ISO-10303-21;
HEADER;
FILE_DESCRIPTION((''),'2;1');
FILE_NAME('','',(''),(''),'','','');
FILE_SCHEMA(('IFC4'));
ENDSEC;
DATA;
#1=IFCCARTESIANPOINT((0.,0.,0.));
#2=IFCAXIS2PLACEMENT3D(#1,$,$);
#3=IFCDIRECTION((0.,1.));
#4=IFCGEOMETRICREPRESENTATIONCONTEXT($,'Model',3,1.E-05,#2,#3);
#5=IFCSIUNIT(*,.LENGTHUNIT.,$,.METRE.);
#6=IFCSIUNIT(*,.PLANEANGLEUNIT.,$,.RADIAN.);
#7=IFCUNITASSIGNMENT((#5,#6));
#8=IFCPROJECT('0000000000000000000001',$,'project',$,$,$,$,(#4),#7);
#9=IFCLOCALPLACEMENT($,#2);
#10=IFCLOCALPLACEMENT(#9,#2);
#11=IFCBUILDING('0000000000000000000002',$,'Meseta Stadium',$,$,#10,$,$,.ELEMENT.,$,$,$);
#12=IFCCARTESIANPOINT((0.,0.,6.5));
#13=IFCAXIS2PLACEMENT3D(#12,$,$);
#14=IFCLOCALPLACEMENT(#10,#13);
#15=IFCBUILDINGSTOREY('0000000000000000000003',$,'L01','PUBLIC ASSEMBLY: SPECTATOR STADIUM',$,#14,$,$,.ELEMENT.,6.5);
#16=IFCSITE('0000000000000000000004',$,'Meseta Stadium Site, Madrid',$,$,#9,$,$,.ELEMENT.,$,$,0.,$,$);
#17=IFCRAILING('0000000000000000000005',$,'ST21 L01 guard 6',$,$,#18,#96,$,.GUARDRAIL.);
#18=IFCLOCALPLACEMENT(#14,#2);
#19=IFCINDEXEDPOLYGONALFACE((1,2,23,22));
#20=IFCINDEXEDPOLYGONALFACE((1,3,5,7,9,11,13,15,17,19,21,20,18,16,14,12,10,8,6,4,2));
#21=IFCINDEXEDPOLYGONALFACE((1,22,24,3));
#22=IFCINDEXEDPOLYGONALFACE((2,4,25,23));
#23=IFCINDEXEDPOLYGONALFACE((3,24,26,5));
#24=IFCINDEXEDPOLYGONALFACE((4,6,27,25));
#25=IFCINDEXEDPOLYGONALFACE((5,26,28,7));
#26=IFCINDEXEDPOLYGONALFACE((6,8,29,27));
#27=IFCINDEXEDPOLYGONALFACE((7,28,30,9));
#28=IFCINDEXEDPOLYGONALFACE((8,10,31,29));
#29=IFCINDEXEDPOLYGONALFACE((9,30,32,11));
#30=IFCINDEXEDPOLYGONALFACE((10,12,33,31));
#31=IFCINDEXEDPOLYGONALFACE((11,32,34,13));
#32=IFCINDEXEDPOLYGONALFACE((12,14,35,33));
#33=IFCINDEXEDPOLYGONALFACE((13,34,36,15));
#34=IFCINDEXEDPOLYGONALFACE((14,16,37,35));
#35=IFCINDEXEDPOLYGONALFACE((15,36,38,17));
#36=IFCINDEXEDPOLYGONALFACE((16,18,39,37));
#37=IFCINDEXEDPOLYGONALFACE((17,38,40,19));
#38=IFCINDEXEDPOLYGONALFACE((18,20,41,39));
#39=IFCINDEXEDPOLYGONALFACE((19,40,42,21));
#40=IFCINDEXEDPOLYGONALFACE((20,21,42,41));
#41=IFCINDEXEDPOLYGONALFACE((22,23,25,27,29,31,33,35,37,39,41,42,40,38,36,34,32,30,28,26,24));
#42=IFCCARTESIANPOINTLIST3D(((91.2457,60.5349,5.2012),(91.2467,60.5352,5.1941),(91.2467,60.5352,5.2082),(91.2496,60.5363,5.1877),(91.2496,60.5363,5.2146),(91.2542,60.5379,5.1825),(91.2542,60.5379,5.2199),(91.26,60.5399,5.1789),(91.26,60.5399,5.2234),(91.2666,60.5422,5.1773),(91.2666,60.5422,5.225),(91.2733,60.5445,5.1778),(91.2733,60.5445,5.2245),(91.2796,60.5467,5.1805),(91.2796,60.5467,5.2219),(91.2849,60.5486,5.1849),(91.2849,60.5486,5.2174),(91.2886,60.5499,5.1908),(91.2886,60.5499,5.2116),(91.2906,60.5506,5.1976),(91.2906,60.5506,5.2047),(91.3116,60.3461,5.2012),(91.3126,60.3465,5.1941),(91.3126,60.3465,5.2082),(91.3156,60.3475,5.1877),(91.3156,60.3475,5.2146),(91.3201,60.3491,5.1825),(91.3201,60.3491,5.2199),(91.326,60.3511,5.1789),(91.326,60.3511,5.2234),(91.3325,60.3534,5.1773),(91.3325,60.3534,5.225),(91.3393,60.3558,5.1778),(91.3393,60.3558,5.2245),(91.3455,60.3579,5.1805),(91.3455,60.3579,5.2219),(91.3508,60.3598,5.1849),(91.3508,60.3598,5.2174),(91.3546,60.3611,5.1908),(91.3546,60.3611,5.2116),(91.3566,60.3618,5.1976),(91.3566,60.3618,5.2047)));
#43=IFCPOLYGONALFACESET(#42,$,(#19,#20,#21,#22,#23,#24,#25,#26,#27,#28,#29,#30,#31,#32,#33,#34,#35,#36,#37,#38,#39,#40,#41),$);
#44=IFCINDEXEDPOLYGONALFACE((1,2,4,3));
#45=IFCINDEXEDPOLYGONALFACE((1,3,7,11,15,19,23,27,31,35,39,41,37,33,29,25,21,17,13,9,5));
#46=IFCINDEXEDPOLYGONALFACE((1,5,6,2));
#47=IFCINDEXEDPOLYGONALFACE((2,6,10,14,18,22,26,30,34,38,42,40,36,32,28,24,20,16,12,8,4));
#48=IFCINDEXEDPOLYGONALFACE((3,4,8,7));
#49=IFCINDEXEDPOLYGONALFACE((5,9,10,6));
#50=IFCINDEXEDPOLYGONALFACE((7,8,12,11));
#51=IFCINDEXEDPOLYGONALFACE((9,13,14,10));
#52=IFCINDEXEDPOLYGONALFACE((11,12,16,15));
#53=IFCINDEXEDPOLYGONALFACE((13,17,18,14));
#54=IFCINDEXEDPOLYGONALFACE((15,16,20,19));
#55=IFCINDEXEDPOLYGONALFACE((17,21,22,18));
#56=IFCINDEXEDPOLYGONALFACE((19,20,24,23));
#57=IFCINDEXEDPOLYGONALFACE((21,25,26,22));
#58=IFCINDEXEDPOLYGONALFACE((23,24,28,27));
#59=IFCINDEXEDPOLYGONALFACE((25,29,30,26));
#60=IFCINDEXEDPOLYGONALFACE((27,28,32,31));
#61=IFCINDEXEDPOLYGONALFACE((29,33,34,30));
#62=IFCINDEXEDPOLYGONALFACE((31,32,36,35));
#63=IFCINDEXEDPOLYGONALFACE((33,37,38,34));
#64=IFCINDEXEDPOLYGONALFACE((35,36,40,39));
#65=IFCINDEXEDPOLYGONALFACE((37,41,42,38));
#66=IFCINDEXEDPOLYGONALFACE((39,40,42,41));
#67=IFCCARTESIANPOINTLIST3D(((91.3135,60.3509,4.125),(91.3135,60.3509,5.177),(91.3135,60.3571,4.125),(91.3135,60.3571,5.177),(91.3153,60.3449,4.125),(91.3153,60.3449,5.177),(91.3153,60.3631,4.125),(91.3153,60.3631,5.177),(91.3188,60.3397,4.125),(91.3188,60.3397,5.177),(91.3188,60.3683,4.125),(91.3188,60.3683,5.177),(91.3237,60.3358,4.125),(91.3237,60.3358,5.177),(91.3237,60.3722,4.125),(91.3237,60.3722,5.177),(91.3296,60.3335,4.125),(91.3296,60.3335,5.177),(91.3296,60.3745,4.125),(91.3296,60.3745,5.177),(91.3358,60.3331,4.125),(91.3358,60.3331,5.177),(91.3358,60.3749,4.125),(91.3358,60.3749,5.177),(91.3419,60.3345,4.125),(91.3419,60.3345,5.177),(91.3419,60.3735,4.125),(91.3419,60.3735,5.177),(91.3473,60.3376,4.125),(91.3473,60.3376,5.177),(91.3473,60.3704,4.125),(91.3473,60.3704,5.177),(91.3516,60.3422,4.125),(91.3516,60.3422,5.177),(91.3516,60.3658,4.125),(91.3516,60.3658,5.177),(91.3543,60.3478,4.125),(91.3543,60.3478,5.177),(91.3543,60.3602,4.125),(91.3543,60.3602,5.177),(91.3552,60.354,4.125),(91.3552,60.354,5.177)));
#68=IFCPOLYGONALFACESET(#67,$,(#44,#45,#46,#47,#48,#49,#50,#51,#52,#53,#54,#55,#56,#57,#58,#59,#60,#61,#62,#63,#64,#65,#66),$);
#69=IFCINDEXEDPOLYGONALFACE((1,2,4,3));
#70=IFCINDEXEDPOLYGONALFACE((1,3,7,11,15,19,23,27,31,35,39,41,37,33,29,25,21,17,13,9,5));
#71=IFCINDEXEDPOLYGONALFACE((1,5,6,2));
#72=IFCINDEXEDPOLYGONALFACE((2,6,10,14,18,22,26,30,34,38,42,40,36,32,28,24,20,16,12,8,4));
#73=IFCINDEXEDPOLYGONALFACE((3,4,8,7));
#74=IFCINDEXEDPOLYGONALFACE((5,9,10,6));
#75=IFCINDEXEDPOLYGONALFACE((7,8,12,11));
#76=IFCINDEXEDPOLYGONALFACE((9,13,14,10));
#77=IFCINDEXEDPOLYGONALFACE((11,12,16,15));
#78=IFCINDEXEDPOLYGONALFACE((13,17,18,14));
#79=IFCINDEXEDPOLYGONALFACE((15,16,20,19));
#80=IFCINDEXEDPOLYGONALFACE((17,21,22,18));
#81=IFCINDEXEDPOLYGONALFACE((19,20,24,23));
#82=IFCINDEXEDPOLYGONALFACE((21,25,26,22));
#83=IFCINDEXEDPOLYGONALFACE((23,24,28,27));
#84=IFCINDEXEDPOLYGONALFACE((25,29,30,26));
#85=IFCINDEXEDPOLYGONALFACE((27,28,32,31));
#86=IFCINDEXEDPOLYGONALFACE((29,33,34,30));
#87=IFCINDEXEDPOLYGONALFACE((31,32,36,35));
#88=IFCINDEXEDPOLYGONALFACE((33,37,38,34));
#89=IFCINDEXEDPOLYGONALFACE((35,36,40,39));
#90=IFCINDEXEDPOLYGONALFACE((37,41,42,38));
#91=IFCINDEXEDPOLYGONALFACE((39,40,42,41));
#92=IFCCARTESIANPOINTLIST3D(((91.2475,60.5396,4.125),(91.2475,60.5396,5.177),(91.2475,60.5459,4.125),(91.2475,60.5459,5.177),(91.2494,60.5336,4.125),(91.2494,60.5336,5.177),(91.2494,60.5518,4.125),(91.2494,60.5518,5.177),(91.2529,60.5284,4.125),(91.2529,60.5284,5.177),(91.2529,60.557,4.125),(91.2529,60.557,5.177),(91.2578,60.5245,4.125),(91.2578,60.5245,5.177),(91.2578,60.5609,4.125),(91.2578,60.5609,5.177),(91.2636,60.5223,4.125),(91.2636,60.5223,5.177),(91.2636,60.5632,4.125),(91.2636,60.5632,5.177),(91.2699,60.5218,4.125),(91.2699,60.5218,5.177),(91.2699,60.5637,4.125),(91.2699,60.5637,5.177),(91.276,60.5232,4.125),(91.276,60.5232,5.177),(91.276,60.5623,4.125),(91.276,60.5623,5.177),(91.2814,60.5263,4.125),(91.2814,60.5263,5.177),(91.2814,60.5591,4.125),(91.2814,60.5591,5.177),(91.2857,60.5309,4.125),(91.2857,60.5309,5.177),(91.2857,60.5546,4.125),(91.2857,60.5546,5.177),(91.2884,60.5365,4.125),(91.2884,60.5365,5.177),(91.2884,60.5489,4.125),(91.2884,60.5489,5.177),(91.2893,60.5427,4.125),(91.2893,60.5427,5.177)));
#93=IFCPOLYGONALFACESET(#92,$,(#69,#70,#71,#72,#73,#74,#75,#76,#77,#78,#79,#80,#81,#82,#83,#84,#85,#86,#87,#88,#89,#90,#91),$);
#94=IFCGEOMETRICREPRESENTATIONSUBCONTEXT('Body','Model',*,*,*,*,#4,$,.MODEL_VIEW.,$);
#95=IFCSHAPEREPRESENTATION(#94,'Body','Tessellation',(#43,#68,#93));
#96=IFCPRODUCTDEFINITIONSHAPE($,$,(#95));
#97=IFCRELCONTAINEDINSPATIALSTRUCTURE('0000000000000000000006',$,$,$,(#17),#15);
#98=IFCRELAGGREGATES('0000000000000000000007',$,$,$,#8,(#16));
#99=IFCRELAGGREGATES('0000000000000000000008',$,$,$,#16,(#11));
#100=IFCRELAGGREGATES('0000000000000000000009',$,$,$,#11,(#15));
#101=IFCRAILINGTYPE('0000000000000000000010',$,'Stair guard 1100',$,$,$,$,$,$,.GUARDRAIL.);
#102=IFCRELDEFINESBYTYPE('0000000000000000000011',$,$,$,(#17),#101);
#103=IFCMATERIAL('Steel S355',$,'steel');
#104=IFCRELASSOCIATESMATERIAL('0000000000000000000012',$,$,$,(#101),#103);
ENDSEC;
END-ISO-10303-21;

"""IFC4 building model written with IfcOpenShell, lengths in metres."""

from ifc_helpers import new_model, si_unit, direction, frame, origin, origin_2d, place, context, subcontext, project, spatial, circle, extrude, material, type_object, element, save


model = new_model("IFC4")

# Units and contexts
model_context = context("Model", 3, precision=1e-05, world=origin(), true_north=direction((0.0, 1.0)))
body_context = subcontext(model_context, "Body", "Model", "MODEL_VIEW")
ifc_project = project(units=[si_unit("LENGTHUNIT", "METRE"), si_unit("PLANEANGLEUNIT", "RADIAN")], contexts=[model_context])

# Site, building, storey
site_placement = place(None, origin())
site = spatial("IfcSite", under=ifc_project, at=site_placement, Name="Meseta Stadium Site, Madrid", CompositionType="ELEMENT", RefElevation=0.0)
building_placement = place(site_placement, origin())
building = spatial("IfcBuilding", under=site, at=building_placement, Name="Meseta Stadium", CompositionType="ELEMENT")
storey_placement = place(building_placement, frame((0.0, 0.0, 6.5)))
storey = spatial("IfcBuildingStorey", under=building, at=storey_placement, Name="L01", Description="PUBLIC ASSEMBLY: SPECTATOR STADIUM", CompositionType="ELEMENT", Elevation=6.5)

# Railing
ifc_material_1 = material(Name="Steel S355", Category="steel")
railing_type_1 = type_object("IfcRailingType", Name="Stair guard 1100", PredefinedType="GUARDRAIL", material=ifc_material_1)
railing_1_placement = place(storey_placement, frame((91.3342, 60.354, 4.125)))
element("IfcRailing", 1, at=railing_1_placement, inside=storey, type_object=railing_type_1, Name="ST21 L01 guard 6", PredefinedType="GUARDRAIL", context=body_context, shape_type="SweptSolid", body=[
    extrude(circle(Radius=0.0239, at=origin_2d()), frame((0.0, 0.0, 1.0762), z_axis=(-0.329752, 0.944068, 0.0), x_axis=(-0.944068, -0.329752, 0.0)), (0.0, 0.0, 1.0), 0.2),
    extrude(circle(Radius=0.021, at=origin_2d()), origin(), (0.0, 0.0, 1.0), 1.052),
    extrude(circle(Radius=0.021, at=origin_2d()), frame((-0.0659, 0.1887, 0.0)), (0.0, 0.0, 1.0), 1.052),
])

save(model, "model.ifc")
